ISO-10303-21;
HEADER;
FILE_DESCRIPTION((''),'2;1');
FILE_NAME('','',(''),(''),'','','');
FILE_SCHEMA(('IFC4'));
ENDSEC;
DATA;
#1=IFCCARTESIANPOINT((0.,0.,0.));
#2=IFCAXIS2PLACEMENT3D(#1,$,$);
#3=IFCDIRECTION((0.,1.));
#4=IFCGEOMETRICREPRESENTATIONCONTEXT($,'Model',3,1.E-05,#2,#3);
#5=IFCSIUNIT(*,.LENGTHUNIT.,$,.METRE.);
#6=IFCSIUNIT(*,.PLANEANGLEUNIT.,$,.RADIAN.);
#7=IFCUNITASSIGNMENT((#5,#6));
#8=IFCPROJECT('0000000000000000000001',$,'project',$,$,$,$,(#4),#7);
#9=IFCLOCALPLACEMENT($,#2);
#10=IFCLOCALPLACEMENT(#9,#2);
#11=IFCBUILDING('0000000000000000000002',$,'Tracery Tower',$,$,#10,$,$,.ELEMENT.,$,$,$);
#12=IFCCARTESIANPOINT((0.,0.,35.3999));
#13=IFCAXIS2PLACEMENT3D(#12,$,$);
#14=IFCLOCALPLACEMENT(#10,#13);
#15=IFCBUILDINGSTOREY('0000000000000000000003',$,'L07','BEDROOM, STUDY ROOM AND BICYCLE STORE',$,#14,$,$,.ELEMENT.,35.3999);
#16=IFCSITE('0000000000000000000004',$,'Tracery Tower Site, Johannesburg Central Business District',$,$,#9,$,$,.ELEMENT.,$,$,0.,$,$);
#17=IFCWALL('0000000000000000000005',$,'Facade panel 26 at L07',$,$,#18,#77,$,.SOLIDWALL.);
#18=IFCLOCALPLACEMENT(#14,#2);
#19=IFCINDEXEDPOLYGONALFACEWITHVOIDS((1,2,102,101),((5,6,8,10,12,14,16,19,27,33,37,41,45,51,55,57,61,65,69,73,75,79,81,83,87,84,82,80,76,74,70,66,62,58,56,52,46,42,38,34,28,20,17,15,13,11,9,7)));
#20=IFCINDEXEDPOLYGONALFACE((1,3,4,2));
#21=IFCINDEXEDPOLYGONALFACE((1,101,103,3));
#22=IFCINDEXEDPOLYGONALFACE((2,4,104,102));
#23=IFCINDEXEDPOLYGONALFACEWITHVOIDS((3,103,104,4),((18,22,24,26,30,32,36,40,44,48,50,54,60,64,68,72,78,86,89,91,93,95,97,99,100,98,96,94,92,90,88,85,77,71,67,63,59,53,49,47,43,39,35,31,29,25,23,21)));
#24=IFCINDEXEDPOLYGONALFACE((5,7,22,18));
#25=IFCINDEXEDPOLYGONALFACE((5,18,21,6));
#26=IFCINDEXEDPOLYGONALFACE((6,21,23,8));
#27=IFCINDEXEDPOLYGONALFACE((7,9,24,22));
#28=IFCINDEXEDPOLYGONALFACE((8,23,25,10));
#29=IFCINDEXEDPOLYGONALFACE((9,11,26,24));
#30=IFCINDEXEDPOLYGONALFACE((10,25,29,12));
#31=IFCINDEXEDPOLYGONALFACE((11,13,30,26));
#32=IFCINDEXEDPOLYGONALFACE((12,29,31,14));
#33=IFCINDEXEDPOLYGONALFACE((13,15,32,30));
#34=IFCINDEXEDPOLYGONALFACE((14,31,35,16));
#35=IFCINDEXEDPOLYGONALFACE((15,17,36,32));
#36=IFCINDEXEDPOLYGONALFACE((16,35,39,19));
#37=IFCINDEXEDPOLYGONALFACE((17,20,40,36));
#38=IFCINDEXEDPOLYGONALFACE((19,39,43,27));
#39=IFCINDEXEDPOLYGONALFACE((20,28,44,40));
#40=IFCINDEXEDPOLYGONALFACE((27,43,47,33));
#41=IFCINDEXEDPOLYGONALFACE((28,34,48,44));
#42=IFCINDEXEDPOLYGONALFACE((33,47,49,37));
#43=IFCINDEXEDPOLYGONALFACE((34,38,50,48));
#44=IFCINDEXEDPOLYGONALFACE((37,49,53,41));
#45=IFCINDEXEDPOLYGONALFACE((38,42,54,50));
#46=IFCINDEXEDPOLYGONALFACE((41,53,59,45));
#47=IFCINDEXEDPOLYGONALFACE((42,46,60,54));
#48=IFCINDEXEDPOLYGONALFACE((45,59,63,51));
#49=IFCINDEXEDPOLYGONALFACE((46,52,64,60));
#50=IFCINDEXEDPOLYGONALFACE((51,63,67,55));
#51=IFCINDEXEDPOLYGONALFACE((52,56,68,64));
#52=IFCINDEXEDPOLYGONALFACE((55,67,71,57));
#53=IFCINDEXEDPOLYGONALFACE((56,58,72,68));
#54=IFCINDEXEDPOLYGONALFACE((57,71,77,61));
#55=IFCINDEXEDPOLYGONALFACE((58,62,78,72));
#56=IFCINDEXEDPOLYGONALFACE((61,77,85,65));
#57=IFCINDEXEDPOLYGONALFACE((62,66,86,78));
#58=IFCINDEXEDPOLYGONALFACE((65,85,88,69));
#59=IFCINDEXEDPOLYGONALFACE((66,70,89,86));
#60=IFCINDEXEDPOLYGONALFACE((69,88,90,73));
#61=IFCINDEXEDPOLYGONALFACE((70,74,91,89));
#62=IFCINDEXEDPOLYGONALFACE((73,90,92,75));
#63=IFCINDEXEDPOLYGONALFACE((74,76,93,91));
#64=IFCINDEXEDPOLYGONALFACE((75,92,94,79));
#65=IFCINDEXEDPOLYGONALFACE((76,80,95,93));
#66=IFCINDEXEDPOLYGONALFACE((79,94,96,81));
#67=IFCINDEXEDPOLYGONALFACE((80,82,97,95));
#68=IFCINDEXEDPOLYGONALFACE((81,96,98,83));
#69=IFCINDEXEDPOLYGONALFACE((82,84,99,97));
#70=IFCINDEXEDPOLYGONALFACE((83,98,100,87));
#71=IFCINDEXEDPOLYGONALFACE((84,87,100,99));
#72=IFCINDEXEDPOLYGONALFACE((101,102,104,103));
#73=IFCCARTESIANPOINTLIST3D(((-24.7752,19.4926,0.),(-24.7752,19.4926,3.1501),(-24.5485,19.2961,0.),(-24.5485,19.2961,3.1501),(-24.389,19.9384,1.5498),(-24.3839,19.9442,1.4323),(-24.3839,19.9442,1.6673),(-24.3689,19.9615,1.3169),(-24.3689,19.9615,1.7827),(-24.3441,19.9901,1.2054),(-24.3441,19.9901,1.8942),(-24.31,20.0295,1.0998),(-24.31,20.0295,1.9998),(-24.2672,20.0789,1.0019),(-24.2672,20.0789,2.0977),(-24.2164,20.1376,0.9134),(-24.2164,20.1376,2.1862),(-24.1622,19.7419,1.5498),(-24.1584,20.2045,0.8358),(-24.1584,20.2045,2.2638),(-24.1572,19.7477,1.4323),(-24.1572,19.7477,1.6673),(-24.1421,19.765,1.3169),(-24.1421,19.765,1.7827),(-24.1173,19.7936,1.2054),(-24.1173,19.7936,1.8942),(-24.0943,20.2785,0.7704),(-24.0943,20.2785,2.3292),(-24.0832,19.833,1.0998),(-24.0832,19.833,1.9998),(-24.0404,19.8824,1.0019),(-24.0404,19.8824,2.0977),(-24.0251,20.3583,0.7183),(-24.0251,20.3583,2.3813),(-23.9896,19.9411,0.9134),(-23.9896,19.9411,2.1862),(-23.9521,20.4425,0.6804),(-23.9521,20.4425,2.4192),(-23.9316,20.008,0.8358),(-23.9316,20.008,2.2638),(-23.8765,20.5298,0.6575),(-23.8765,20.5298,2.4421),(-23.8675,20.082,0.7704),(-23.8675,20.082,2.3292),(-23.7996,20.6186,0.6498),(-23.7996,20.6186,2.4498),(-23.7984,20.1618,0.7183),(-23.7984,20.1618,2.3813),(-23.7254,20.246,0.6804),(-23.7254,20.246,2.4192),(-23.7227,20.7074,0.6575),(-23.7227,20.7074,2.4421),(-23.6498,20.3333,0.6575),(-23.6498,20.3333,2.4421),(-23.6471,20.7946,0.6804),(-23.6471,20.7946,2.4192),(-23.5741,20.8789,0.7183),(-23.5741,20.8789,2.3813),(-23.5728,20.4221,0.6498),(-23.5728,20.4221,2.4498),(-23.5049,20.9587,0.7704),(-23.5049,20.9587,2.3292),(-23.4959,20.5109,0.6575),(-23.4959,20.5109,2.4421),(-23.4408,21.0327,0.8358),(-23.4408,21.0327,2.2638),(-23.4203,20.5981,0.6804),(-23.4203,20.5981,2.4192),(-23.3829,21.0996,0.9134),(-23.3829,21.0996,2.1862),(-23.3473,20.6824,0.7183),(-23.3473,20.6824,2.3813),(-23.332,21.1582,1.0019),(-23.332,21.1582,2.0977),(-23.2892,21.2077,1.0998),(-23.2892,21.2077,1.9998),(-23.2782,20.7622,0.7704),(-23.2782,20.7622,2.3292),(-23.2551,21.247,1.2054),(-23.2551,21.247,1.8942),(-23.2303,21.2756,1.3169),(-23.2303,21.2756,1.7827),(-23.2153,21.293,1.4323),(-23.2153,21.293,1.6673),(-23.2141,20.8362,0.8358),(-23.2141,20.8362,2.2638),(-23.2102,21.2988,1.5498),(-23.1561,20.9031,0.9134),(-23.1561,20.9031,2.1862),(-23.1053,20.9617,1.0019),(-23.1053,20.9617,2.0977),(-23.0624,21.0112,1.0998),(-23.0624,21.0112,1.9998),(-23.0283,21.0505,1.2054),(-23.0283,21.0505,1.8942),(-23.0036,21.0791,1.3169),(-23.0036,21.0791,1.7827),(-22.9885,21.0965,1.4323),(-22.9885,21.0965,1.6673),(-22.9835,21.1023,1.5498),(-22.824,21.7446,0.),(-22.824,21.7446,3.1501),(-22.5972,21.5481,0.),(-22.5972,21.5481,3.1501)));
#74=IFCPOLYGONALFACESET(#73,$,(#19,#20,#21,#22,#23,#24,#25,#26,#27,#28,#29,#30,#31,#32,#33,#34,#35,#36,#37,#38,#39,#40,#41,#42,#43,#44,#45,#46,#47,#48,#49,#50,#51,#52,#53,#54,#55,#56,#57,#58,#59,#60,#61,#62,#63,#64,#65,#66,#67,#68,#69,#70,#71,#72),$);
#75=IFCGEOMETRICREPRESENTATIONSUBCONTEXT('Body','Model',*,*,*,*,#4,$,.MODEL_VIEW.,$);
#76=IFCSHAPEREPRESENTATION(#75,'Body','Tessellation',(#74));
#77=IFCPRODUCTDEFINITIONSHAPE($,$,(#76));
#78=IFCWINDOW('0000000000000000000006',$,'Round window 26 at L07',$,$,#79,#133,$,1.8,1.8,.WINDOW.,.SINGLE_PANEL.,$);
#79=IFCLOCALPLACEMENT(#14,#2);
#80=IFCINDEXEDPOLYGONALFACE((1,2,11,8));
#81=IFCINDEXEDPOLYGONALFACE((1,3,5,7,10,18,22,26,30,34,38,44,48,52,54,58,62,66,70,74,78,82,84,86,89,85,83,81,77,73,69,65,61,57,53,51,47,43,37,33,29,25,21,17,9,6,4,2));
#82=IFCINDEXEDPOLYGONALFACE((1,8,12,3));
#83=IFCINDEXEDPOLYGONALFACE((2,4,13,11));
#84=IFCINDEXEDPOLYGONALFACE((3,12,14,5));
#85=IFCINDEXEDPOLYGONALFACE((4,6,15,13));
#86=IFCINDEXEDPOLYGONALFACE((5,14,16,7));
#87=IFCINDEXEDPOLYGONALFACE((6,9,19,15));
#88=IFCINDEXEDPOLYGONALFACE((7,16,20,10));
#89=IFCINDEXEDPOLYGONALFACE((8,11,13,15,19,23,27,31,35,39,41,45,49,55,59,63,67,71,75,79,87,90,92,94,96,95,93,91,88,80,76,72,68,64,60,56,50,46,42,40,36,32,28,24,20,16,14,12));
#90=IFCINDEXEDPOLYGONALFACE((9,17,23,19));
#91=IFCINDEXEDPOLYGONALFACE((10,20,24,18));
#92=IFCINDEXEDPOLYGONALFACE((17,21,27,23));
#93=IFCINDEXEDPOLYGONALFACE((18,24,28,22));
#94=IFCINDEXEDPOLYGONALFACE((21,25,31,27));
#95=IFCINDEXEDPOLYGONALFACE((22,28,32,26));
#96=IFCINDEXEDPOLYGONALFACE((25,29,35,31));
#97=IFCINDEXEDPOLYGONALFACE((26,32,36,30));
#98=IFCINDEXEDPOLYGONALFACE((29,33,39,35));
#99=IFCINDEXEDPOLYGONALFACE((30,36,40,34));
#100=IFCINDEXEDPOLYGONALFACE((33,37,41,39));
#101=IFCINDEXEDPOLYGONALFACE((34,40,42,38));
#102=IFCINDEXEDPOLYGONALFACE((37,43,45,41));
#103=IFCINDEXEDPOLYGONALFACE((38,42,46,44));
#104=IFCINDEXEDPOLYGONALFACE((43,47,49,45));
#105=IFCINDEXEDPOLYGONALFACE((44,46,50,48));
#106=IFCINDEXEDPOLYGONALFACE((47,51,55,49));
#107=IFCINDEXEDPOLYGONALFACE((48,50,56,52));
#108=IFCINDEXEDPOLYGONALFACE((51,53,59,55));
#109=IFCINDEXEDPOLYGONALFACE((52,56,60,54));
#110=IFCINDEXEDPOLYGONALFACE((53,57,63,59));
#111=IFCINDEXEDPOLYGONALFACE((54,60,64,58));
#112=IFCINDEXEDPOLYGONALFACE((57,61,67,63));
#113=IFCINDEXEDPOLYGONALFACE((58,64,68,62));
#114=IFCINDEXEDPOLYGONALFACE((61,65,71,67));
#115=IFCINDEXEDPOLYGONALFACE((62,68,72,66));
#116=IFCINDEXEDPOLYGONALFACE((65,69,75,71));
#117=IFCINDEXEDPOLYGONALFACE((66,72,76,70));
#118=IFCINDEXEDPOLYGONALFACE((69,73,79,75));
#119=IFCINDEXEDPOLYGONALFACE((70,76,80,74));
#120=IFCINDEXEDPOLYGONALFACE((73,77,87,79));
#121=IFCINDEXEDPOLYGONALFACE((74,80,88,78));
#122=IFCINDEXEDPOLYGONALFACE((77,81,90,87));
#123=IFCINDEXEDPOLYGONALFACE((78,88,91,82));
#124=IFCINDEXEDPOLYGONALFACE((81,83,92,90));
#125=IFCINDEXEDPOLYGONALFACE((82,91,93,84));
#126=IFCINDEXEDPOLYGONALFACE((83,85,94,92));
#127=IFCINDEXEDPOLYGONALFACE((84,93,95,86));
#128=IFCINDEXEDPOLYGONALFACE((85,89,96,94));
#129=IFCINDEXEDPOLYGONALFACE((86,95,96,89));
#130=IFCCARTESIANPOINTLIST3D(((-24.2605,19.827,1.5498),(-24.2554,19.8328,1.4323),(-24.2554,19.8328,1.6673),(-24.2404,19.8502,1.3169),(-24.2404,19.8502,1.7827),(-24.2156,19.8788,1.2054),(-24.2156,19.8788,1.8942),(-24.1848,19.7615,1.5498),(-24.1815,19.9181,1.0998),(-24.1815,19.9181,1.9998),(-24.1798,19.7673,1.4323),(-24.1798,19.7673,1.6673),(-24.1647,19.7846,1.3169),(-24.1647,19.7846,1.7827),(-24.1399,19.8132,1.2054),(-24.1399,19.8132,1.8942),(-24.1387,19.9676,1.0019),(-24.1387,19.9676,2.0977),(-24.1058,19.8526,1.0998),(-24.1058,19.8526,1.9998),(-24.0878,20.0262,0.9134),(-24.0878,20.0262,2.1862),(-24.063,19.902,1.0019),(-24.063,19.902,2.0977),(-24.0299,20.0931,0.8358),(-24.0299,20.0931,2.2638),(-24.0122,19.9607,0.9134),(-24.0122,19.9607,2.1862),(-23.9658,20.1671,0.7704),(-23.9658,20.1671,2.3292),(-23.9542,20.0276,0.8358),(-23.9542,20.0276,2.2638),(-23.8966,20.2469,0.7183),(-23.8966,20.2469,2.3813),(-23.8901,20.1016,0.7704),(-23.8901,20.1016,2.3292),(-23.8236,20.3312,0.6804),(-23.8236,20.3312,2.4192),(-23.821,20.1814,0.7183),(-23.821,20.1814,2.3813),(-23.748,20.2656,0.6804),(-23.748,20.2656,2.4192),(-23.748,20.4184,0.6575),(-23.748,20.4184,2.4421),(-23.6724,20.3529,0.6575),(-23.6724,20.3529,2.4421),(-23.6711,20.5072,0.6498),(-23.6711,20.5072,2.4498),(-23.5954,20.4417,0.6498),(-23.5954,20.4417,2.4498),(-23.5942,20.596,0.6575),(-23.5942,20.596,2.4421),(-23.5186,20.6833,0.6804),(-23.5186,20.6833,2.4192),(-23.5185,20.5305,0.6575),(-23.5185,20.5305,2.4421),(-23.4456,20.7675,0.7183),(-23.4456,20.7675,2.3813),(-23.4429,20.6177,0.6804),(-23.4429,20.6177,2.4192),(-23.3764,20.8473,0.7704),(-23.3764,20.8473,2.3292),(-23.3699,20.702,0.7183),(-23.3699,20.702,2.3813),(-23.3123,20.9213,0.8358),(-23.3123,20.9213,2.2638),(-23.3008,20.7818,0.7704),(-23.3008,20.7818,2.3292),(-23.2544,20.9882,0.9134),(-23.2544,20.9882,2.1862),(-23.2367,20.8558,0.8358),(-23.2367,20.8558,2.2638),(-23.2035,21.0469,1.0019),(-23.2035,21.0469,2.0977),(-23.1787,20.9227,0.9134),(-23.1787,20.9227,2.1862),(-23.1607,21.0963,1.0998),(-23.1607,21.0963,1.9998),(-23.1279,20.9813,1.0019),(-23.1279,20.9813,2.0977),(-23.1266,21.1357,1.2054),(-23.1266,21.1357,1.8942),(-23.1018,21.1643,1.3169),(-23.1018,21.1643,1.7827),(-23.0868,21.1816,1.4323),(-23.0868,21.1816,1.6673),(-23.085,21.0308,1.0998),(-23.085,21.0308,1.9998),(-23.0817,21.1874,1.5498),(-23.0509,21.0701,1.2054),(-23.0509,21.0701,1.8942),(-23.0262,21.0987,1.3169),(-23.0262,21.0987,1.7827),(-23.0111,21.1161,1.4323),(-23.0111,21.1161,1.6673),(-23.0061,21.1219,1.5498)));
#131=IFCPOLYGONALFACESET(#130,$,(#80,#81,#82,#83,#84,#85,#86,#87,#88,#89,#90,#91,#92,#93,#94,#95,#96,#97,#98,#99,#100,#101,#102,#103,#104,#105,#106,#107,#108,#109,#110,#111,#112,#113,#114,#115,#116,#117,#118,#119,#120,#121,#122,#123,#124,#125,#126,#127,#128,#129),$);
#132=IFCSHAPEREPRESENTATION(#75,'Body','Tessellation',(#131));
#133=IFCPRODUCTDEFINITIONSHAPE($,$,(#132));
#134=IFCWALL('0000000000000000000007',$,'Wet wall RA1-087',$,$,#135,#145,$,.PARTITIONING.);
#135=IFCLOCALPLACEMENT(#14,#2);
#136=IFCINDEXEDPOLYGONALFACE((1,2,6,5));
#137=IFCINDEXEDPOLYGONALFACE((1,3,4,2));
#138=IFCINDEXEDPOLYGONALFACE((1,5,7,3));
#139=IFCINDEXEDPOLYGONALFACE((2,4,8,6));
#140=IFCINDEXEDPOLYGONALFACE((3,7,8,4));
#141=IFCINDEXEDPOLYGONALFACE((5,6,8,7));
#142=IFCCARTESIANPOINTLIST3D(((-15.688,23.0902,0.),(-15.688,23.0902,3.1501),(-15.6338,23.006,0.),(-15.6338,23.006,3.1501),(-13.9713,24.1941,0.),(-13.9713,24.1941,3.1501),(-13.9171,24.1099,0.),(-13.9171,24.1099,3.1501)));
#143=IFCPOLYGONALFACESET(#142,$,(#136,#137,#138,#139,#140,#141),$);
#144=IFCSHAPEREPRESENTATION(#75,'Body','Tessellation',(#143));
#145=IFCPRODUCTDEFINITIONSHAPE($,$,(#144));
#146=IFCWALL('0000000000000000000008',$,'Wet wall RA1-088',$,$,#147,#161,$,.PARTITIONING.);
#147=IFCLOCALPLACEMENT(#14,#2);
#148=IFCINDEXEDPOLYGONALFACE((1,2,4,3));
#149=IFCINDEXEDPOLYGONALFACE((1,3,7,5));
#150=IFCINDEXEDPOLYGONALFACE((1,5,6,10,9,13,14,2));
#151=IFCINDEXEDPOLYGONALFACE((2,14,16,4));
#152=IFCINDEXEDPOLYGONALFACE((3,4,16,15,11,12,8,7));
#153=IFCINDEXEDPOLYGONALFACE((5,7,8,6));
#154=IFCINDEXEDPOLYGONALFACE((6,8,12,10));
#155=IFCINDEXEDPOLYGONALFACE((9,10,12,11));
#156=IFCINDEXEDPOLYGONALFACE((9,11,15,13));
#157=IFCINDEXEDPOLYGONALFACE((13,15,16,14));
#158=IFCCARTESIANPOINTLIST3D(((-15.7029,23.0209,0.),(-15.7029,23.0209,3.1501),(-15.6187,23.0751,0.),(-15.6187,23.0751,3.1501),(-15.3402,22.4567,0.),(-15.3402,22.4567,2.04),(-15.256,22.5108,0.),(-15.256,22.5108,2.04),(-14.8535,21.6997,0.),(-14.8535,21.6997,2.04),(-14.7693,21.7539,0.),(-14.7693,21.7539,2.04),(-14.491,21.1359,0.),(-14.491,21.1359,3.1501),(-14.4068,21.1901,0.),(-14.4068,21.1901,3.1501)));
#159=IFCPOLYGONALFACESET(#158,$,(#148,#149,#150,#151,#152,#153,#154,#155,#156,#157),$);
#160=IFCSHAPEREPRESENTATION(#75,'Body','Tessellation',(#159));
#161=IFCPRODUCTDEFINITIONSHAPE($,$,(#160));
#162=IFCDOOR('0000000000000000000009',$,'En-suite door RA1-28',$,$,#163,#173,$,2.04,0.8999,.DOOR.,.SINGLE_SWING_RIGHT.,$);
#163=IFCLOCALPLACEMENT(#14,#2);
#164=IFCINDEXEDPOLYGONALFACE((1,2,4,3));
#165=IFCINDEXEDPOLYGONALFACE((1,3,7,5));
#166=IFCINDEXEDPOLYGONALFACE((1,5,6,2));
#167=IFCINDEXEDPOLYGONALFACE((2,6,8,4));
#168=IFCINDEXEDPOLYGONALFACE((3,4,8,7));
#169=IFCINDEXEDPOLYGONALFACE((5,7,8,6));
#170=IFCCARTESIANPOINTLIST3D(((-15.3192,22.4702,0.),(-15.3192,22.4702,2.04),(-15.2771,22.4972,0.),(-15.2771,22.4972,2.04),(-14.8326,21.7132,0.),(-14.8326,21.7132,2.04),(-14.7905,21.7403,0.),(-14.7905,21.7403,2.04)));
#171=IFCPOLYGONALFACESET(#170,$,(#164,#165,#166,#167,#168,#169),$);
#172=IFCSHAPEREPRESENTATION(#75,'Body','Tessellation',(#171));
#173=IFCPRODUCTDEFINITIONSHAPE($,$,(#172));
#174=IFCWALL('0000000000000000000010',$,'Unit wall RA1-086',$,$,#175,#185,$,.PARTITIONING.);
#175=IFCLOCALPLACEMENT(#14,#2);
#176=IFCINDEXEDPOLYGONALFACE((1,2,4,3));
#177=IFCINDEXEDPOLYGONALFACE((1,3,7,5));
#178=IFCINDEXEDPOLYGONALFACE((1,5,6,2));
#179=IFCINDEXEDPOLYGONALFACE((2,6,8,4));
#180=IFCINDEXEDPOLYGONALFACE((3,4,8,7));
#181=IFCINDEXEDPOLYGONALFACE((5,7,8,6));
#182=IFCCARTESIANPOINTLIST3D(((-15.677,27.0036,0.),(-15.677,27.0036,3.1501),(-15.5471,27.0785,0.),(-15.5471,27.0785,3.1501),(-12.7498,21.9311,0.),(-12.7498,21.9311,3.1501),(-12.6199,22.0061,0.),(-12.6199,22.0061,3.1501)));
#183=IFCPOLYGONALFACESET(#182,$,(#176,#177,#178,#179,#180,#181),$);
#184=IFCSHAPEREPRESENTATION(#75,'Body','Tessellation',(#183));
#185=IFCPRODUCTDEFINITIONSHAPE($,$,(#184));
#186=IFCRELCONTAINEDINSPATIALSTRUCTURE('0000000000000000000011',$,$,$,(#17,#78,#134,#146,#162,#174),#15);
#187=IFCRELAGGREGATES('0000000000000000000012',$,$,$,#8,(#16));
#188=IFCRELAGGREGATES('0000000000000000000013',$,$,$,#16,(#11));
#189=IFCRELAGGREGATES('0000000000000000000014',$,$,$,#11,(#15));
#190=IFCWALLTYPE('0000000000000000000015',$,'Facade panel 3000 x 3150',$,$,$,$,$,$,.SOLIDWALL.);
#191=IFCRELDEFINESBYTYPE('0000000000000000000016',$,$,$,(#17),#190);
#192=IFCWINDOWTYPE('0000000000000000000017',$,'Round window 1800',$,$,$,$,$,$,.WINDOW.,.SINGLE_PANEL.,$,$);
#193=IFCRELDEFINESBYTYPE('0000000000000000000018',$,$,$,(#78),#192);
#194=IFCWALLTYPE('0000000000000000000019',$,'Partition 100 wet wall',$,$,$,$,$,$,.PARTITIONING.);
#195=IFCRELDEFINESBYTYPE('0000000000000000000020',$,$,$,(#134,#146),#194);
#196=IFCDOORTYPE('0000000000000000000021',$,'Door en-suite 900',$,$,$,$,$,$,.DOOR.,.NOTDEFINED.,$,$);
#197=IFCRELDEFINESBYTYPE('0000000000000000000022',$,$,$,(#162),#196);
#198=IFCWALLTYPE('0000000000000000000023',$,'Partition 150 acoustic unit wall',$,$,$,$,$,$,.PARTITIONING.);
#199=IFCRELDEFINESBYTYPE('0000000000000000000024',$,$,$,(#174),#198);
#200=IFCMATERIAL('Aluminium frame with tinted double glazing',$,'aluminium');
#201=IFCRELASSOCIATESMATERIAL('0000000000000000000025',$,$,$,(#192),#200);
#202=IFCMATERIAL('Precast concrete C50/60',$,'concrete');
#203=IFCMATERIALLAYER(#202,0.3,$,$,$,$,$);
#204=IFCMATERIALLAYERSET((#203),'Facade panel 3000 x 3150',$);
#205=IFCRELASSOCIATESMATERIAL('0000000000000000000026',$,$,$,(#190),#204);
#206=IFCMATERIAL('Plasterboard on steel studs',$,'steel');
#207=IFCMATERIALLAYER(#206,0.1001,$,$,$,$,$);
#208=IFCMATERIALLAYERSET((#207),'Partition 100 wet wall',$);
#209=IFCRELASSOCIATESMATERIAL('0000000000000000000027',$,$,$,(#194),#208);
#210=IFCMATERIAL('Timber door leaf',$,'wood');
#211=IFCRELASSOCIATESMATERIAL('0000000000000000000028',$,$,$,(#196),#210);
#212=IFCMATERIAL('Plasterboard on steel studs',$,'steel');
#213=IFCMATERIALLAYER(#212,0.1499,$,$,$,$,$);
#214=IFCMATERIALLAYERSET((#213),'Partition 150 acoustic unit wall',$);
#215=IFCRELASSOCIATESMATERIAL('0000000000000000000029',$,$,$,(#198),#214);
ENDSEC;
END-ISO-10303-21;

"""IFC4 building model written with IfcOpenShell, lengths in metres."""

from ifc_helpers import new_model, si_unit, direction, frame, frame_2d, origin, origin_2d, place, context, subcontext, project, spatial, rectangle, circle, extrude, material, layer, layer_set, type_object, element, fill, save


model = new_model("IFC4")

# Units and contexts
model_context = context("Model", 3, precision=1e-05, world=origin(), true_north=direction((0.0, 1.0)))
body_context = subcontext(model_context, "Body", "Model", "MODEL_VIEW")
ifc_project = project(units=[si_unit("LENGTHUNIT", "METRE"), si_unit("PLANEANGLEUNIT", "RADIAN")], contexts=[model_context])

# Site, building, storey
site_placement = place(None, origin())
site = spatial("IfcSite", under=ifc_project, at=site_placement, Name="Tracery Tower Site, Johannesburg Central Business District", CompositionType="ELEMENT", RefElevation=0.0)
building_placement = place(site_placement, origin())
building = spatial("IfcBuilding", under=site, at=building_placement, Name="Tracery Tower", CompositionType="ELEMENT")
storey_placement = place(building_placement, frame((0.0, 0.0, 35.3999)))
storey = spatial("IfcBuildingStorey", under=building, at=storey_placement, Name="L07", Description="BEDROOM, STUDY ROOM AND BICYCLE STORE", CompositionType="ELEMENT", Elevation=35.3999)

# Wall, opening, window
ifc_material_1 = material(Name="Aluminium frame with tinted double glazing", Category="aluminium")
window_type = type_object("IfcWindowType", Name="Round window 1800", PartitioningType="SINGLE_PANEL", PredefinedType="WINDOW", material=ifc_material_1)
ifc_material_2 = material(Name="Precast concrete C50/60", Category="concrete")
ifc_layer_1 = layer(ifc_material_2, 0.3)
ifc_layer_set_1 = layer_set([ifc_layer_1], Name="Facade panel 3000 x 3150")
wall_type_1 = type_object("IfcWallType", Name="Facade panel 3000 x 3150", PredefinedType="SOLIDWALL", material=ifc_layer_set_1)
wall_1_placement = place(storey_placement, frame((-22.7107, 21.6462, 0.0), z_axis=(0.0, 0.0, 1.0), x_axis=(-0.654831, -0.755776, 0.0)))
wall_1 = element("IfcWall", 1, at=wall_1_placement, inside=storey, type_object=wall_type_1, Name="Facade panel 26 at L07", PredefinedType="SOLIDWALL", context=body_context, shape_type="SweptSolid", body=[
    extrude(rectangle(XDim=2.9797, YDim=0.3, at=frame_2d((1.4897, 0.0))), origin(), (0.0, 0.0, 1.0), 3.1501),
])
opening_1_placement = place(wall_1_placement, frame((1.4897, 0.0, 1.5498)))
opening_1 = element("IfcOpeningElement", 2, at=opening_1_placement, cuts=wall_1, PredefinedType="OPENING", context=body_context, shape_type="SweptSolid", body=[
    extrude(circle(Radius=0.9, at=origin_2d()), frame((0.0, 0.1599, 0.0), z_axis=(0.0, -1.0, 0.0), x_axis=(1.0, 0.0, 0.0)), (0.0, 0.0, 1.0), 0.3201),
])
window_1_placement = place(opening_1_placement, origin())
window_1 = element("IfcWindow", 3, at=window_1_placement, inside=storey, type_object=window_type, Name="Round window 26 at L07", OverallHeight=1.8, OverallWidth=1.8, PartitioningType="SINGLE_PANEL", PredefinedType="WINDOW", context=body_context, shape_type="SweptSolid", body=[
    extrude(circle(Radius=0.9, at=origin_2d()), frame((0.0, 0.1201, 0.0), z_axis=(0.0, -1.0, 0.0), x_axis=(1.0, 0.0, 0.0)), (0.0, 0.0, 1.0), 0.1001),
])
fill(opening_1, window_1)

# Wall
ifc_material_3 = material(Name="Plasterboard on steel studs", Category="steel")
ifc_layer_2 = layer(ifc_material_3, 0.1001)
ifc_layer_set_2 = layer_set([ifc_layer_2], Name="Partition 100 wet wall")
wall_type_2 = type_object("IfcWallType", Name="Partition 100 wet wall", PredefinedType="PARTITIONING", material=ifc_layer_set_2)
wall_2_placement = place(storey_placement, frame((-15.6609, 23.0481, 0.0), z_axis=(0.0, 0.0, 1.0), x_axis=(0.841101, 0.540878, 0.0)))
element("IfcWall", 4, at=wall_2_placement, inside=storey, type_object=wall_type_2, Name="Wet wall RA1-087", PredefinedType="PARTITIONING", context=body_context, shape_type="SweptSolid", body=[
    extrude(rectangle(XDim=2.041, YDim=0.1001, at=frame_2d((1.0205, 0.0))), origin(), (0.0, 0.0, 1.0), 3.1501),
])

# Wall, opening, door
wall_3_placement = place(storey_placement, frame((-15.6609, 23.0481, 0.0), z_axis=(0.0, 0.0, 1.0), x_axis=(0.540796, -0.841154, 0.0)))
wall_3 = element("IfcWall", 5, at=wall_3_placement, inside=storey, type_object=wall_type_2, Name="Wet wall RA1-088", PredefinedType="PARTITIONING", context=body_context, shape_type="SweptSolid", body=[
    extrude(rectangle(XDim=2.241, YDim=0.1001, at=frame_2d((1.1206, 0.0))), origin(), (0.0, 0.0, 1.0), 3.1501),
])
opening_2_placement = place(wall_3_placement, frame((0.6709, 0.0, 0.0)))
opening_2 = element("IfcOpeningElement", 6, at=opening_2_placement, cuts=wall_3, PredefinedType="OPENING", context=body_context, shape_type="SweptSolid", body=[
    extrude(rectangle(XDim=0.8999, YDim=2.04, at=frame_2d((0.45, 1.02))), frame((0.0, 0.05, 0.0), z_axis=(0.0, -1.0, 0.0), x_axis=(1.0, 0.0, 0.0)), (0.0, 0.0, 1.0), 0.1001),
])
ifc_material_4 = material(Name="Timber door leaf", Category="wood")
door_type = type_object("IfcDoorType", Name="Door en-suite 900", OperationType="NOTDEFINED", PredefinedType="DOOR", material=ifc_material_4)
door_placement = place(opening_2_placement, origin())
door = element("IfcDoor", 7, at=door_placement, inside=storey, type_object=door_type, Name="En-suite door RA1-28", OperationType="SINGLE_SWING_RIGHT", OverallHeight=2.04, OverallWidth=0.8999, PredefinedType="DOOR", context=body_context, shape_type="SweptSolid", body=[
    extrude(rectangle(XDim=0.8999, YDim=2.04, at=frame_2d((0.45, 1.02))), frame((0.0, 0.0249, 0.0), z_axis=(0.0, -1.0, 0.0), x_axis=(1.0, 0.0, 0.0)), (0.0, 0.0, 1.0), 0.05),
])
fill(opening_2, door)

# Wall
ifc_material_5 = material(Name="Plasterboard on steel studs", Category="steel")
ifc_layer_3 = layer(ifc_material_5, 0.1499)
ifc_layer_set_3 = layer_set([ifc_layer_3], Name="Partition 150 acoustic unit wall")
wall_type_3 = type_object("IfcWallType", Name="Partition 150 acoustic unit wall", PredefinedType="PARTITIONING", material=ifc_layer_set_3)
wall_4_placement = place(storey_placement, frame((-15.6121, 27.041, 0.0), z_axis=(0.0, 0.0, 1.0), x_axis=(0.499825, -0.866127, 0.0)))
element("IfcWall", 8, at=wall_4_placement, inside=storey, type_object=wall_type_3, Name="Unit wall RA1-086", PredefinedType="PARTITIONING", context=body_context, shape_type="SweptSolid", body=[
    extrude(rectangle(XDim=5.8564, YDim=0.1499, at=frame_2d((2.9282, 0.0))), origin(), (0.0, 0.0, 1.0), 3.1501),
])

save(model, "model.ifc")
